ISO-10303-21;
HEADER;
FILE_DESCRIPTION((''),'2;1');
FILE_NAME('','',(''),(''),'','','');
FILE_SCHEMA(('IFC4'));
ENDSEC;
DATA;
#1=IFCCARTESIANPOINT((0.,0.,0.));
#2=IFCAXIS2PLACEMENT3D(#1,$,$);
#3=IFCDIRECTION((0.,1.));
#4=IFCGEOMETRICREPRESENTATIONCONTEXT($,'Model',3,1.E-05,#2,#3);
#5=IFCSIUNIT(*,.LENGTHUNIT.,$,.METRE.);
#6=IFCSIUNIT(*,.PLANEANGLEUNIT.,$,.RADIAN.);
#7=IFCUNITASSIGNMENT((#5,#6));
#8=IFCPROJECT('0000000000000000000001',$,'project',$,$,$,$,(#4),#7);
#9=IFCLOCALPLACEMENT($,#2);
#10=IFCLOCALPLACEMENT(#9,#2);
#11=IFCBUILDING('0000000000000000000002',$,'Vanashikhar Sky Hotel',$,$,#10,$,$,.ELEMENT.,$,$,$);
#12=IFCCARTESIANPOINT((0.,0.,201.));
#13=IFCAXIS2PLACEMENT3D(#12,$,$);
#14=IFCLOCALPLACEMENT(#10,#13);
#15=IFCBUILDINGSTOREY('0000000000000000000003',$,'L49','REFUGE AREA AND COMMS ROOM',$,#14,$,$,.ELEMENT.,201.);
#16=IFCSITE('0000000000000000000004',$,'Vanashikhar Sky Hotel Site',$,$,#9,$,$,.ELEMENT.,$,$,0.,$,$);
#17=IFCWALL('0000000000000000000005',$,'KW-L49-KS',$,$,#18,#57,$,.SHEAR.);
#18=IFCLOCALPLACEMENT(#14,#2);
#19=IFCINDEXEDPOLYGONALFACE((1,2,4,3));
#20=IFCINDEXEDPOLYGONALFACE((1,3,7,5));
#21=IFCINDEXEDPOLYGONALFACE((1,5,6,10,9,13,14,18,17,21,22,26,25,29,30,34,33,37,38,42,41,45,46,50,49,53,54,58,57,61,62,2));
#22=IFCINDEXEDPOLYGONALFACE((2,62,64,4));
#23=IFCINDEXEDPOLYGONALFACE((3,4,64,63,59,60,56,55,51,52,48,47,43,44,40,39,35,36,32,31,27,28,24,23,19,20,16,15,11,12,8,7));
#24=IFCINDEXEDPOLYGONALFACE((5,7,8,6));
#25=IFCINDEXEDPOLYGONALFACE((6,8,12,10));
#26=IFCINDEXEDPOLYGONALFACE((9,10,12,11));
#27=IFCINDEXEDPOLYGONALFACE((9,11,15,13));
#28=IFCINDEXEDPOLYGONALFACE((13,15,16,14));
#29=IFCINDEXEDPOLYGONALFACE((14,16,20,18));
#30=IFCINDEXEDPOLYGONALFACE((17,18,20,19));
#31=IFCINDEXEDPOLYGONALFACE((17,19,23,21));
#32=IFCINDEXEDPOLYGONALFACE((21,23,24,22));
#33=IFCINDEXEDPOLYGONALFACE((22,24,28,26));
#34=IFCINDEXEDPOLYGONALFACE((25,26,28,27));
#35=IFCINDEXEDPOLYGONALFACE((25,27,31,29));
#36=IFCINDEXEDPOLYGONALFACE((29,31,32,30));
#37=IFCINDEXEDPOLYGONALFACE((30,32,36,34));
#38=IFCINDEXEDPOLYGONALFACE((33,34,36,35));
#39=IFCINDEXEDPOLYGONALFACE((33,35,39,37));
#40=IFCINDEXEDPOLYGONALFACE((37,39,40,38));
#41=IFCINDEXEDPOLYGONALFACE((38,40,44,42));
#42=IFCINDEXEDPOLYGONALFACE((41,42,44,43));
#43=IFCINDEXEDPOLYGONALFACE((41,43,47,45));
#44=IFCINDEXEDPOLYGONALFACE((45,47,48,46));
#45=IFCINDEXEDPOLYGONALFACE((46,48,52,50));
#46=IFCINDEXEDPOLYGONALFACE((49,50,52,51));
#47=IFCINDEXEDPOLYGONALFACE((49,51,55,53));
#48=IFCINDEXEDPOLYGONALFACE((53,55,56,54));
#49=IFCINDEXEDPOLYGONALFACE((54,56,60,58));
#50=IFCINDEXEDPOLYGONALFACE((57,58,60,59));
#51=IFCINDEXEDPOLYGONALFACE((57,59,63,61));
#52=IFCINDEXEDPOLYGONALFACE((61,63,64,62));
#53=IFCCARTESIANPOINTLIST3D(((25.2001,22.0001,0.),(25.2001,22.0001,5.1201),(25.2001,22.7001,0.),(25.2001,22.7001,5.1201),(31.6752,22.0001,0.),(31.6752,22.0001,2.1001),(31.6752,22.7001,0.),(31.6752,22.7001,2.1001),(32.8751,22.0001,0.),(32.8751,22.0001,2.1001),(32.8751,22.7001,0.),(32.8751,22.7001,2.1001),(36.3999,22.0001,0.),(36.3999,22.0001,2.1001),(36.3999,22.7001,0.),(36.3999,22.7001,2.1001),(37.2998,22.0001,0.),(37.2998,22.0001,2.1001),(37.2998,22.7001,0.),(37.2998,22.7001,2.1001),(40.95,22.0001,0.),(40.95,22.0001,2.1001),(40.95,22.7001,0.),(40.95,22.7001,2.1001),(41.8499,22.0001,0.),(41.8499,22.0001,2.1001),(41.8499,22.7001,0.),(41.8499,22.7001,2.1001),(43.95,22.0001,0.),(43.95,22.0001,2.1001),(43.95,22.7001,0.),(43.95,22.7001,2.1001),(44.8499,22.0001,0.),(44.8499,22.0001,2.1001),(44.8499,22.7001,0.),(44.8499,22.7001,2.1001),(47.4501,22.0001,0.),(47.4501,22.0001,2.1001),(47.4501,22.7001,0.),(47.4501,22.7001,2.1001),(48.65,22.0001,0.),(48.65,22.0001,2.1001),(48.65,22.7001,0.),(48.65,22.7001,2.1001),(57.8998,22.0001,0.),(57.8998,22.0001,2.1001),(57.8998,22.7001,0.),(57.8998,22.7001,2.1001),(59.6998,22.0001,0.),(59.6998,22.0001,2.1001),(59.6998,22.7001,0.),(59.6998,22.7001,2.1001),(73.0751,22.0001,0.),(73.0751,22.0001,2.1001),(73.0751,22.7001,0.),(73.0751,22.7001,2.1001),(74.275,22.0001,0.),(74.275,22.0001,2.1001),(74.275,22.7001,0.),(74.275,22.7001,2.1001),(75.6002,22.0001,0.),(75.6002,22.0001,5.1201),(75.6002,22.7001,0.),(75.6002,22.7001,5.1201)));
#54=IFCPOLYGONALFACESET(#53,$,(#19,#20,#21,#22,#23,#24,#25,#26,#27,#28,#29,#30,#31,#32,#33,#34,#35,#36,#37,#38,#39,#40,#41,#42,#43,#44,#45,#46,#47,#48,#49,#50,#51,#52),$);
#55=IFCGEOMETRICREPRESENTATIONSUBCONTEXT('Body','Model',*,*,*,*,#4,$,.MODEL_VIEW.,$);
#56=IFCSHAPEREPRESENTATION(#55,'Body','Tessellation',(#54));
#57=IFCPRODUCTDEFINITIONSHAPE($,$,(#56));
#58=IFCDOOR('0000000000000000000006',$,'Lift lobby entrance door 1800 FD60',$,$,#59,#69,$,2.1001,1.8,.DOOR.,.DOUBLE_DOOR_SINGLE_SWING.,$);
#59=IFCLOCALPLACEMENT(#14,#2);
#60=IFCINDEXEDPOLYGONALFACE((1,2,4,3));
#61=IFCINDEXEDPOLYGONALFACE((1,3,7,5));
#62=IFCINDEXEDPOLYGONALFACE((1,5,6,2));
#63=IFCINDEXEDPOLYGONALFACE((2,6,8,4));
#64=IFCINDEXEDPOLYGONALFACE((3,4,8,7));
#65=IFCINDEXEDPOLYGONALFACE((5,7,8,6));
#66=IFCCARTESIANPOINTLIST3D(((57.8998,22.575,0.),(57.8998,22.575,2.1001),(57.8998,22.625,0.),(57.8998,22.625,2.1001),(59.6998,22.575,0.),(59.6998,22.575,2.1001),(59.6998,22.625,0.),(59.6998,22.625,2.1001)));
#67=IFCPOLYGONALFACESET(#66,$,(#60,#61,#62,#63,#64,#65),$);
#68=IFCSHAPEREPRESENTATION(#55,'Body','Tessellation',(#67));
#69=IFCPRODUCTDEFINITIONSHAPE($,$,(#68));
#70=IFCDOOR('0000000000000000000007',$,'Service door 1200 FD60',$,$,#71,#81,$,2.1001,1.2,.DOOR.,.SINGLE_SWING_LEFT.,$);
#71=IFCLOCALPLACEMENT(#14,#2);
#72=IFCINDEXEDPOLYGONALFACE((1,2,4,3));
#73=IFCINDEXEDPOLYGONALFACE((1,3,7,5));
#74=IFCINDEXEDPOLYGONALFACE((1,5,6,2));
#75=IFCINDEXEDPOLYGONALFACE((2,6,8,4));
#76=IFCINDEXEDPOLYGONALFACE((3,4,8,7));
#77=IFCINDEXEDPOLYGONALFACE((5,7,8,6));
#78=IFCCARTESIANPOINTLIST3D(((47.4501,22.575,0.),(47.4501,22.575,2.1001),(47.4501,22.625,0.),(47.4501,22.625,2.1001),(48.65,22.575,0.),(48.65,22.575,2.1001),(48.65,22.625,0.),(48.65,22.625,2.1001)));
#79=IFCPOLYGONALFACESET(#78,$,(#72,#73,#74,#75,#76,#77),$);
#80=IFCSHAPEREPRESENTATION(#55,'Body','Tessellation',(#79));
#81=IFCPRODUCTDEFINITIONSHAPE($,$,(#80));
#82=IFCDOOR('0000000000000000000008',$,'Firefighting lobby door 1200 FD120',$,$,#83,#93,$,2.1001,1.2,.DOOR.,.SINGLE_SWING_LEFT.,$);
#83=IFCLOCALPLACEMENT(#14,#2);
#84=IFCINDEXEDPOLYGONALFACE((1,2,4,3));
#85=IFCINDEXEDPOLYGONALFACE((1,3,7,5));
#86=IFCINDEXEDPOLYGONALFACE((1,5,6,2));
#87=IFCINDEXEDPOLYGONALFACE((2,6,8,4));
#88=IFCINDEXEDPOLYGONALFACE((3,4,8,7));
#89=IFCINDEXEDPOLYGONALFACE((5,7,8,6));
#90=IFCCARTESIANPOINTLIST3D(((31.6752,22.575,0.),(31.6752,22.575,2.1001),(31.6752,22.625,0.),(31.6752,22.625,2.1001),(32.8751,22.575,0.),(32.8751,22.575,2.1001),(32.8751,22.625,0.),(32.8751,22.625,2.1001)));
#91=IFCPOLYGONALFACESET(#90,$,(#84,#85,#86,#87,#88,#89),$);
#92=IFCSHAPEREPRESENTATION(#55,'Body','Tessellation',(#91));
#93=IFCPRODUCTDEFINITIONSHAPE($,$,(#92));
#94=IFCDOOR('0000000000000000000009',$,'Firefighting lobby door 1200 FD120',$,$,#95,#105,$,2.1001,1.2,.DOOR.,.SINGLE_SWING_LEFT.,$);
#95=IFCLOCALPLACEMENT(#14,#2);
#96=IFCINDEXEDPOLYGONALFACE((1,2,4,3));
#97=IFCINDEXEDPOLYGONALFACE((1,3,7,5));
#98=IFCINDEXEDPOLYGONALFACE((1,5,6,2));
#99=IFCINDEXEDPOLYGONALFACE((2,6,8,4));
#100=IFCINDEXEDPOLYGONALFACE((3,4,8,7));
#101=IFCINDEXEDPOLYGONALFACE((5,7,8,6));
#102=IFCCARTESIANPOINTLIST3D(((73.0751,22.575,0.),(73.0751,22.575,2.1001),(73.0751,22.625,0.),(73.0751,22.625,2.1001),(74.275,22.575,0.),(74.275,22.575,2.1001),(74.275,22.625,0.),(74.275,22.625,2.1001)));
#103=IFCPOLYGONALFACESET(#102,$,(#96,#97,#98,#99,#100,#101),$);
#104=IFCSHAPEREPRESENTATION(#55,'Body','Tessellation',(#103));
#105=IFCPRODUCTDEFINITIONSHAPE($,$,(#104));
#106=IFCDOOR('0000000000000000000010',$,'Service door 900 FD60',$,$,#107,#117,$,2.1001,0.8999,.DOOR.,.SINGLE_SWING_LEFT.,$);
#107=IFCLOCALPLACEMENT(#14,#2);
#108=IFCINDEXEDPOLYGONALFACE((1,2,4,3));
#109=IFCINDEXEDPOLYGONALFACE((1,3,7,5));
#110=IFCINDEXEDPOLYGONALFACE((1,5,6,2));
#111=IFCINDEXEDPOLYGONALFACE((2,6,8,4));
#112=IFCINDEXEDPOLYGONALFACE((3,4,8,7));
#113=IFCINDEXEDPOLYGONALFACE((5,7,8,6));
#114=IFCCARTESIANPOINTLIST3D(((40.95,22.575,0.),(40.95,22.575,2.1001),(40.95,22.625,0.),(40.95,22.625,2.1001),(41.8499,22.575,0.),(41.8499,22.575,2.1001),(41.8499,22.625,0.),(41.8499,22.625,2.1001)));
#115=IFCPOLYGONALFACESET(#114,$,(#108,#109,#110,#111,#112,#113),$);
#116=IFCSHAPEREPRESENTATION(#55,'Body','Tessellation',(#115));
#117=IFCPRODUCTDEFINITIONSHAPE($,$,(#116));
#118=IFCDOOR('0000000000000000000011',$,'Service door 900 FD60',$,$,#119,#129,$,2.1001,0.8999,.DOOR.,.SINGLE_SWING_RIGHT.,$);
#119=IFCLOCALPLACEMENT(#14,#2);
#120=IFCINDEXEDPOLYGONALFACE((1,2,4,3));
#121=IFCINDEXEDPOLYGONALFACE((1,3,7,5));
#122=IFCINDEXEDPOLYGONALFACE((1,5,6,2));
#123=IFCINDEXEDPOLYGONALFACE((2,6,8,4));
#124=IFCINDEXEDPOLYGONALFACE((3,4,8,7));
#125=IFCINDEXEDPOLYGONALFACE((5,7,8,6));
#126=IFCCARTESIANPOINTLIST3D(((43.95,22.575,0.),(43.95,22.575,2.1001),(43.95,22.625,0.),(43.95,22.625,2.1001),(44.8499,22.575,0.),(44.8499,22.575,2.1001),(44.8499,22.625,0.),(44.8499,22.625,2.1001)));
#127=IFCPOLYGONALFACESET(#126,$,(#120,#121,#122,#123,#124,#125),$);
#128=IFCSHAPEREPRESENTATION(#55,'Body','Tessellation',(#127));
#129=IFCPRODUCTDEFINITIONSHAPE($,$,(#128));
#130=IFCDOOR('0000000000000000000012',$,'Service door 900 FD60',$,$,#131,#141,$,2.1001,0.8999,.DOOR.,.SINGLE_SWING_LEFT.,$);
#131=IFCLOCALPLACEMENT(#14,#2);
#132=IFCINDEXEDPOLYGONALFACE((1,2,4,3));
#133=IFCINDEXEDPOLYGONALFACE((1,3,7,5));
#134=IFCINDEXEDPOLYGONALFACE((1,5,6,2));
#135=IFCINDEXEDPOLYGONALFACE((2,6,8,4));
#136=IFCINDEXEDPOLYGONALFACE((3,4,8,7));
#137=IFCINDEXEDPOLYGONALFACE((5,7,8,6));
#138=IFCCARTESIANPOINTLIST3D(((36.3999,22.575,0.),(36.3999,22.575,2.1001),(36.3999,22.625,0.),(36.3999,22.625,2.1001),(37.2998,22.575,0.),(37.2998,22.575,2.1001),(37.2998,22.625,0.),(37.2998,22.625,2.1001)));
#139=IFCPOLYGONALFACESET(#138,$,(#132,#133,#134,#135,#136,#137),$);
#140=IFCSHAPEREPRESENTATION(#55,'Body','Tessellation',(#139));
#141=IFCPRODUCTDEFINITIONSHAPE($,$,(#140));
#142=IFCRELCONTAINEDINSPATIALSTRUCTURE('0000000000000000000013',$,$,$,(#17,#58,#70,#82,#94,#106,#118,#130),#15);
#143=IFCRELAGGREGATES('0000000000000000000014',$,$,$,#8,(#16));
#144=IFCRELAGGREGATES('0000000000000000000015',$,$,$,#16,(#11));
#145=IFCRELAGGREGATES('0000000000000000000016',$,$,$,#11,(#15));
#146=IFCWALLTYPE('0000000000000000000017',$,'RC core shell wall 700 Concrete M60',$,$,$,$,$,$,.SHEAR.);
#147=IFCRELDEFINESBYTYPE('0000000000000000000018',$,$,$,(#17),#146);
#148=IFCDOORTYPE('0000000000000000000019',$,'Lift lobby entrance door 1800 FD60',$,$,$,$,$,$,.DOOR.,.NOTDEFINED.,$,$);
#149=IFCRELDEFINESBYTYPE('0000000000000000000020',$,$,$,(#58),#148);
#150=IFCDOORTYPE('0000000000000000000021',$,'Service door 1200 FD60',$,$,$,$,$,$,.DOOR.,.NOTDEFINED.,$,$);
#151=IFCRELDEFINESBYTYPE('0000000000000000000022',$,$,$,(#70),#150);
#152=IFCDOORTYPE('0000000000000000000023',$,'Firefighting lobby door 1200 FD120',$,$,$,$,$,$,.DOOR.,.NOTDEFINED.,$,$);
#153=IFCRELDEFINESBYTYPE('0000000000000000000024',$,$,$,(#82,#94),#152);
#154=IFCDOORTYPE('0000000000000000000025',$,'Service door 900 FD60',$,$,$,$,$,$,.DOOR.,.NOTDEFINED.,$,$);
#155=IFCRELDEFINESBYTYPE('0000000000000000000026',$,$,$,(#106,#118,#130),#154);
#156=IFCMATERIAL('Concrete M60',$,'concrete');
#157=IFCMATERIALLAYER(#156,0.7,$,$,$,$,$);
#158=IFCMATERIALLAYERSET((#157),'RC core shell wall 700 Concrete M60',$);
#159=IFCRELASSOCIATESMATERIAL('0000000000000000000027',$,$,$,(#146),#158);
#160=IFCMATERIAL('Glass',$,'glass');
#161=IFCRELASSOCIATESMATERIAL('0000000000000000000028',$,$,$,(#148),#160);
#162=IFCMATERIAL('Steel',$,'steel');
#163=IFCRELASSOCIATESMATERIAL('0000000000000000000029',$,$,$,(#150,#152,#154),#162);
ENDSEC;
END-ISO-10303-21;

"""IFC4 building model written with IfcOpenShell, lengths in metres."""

from ifc_helpers import new_model, si_unit, direction, frame, frame_2d, origin, place, context, subcontext, project, spatial, rectangle, extrude, source, transform, mapped, material, layer, layer_set, type_object, element, fill, save


model = new_model("IFC4")

# Units and contexts
model_context = context("Model", 3, precision=1e-05, world=origin(), true_north=direction((0.0, 1.0)))
body_context = subcontext(model_context, "Body", "Model", "MODEL_VIEW")
ifc_project = project(units=[si_unit("LENGTHUNIT", "METRE"), si_unit("PLANEANGLEUNIT", "RADIAN")], contexts=[model_context])

# Site, building, storey
site_placement = place(None, origin())
site = spatial("IfcSite", under=ifc_project, at=site_placement, Name="Vanashikhar Sky Hotel Site", CompositionType="ELEMENT", RefElevation=0.0)
building_placement = place(site_placement, origin())
building = spatial("IfcBuilding", under=site, at=building_placement, Name="Vanashikhar Sky Hotel", CompositionType="ELEMENT")
storey_placement = place(building_placement, frame((0.0, 0.0, 201.0)))
storey = spatial("IfcBuildingStorey", under=building, at=storey_placement, Name="L49", Description="REFUGE AREA AND COMMS ROOM", CompositionType="ELEMENT", Elevation=201.0)

# Wall, openings, doors
ifc_material_1 = material(Name="Concrete M60", Category="concrete")
ifc_layer_1 = layer(ifc_material_1, 0.7)
ifc_layer_set_1 = layer_set([ifc_layer_1], Name="RC core shell wall 700 Concrete M60")
wall_type_1 = type_object("IfcWallType", Name="RC core shell wall 700 Concrete M60", PredefinedType="SHEAR", material=ifc_layer_set_1)
shared_shape_1 = source(origin(), body_context, "Body", "SweptSolid", [
    extrude(rectangle(XDim=50.4001, YDim=0.7, at=frame_2d((25.2002, 0.0))), origin(), (0.0, 0.0, 1.0), 5.1201),
])
wall_1_placement = place(storey_placement, frame((25.2, 22.3501, 0.0), z_axis=(0.0, 0.0, 1.0), x_axis=(1.0, 0.0, 0.0)))
wall_1 = element("IfcWall", 1, at=wall_1_placement, inside=storey, type_object=wall_type_1, Name="KW-L49-KS", PredefinedType="SHEAR", context=body_context, shape_type="MappedRepresentation", body=[
    mapped(shared_shape_1, transform((0.0, 0.0, 0.0), scale=1.0)),
])
shared_shape_2 = source(origin(), body_context, "Body", "SweptSolid", [
    extrude(rectangle(XDim=1.2, YDim=2.1001, at=frame_2d((0.6001, 1.05))), frame((0.0, 0.3599, 0.0), z_axis=(0.0, -1.0, 0.0), x_axis=(1.0, 0.0, 0.0)), (0.0, 0.0, 1.0), 0.72),
])
opening_1_placement = place(wall_1_placement, frame((22.25, 0.0, 0.0)))
opening_1 = element("IfcOpeningElement", 2, at=opening_1_placement, cuts=wall_1, PredefinedType="OPENING", context=body_context, shape_type="MappedRepresentation", body=[
    mapped(shared_shape_2, transform((0.0, 0.0, 0.0), scale=1.0)),
])
shared_shape_3 = source(origin(), body_context, "Body", "SweptSolid", [
    extrude(rectangle(XDim=0.8999, YDim=2.1001, at=frame_2d((0.45, 1.05))), frame((0.0, 0.3599, 0.0), z_axis=(0.0, -1.0, 0.0), x_axis=(1.0, 0.0, 0.0)), (0.0, 0.0, 1.0), 0.72),
])
opening_2_placement = place(wall_1_placement, frame((15.75, 0.0, 0.0)))
opening_2 = element("IfcOpeningElement", 3, at=opening_2_placement, cuts=wall_1, PredefinedType="OPENING", context=body_context, shape_type="MappedRepresentation", body=[
    mapped(shared_shape_3, transform((0.0, 0.0, 0.0), scale=1.0)),
])
opening_3_placement = place(wall_1_placement, frame((18.75, 0.0, 0.0)))
opening_3 = element("IfcOpeningElement", 4, at=opening_3_placement, cuts=wall_1, PredefinedType="OPENING", context=body_context, shape_type="MappedRepresentation", body=[
    mapped(shared_shape_3, transform((0.0, 0.0, 0.0), scale=1.0)),
])
opening_4_placement = place(wall_1_placement, frame((11.2, 0.0, 0.0)))
opening_4 = element("IfcOpeningElement", 5, at=opening_4_placement, cuts=wall_1, PredefinedType="OPENING", context=body_context, shape_type="MappedRepresentation", body=[
    mapped(shared_shape_3, transform((0.0, 0.0, 0.0), scale=1.0)),
])
shared_shape_4 = source(origin(), body_context, "Body", "SweptSolid", [
    extrude(rectangle(XDim=1.8, YDim=2.1001, at=frame_2d((0.8999, 1.05))), frame((0.0, 0.3599, 0.0), z_axis=(0.0, -1.0, 0.0), x_axis=(1.0, 0.0, 0.0)), (0.0, 0.0, 1.0), 0.72),
])
opening_5_placement = place(wall_1_placement, frame((32.7, 0.0, 0.0)))
opening_5 = element("IfcOpeningElement", 6, at=opening_5_placement, cuts=wall_1, PredefinedType="OPENING", context=body_context, shape_type="MappedRepresentation", body=[
    mapped(shared_shape_4, transform((0.0, 0.0, 0.0), scale=1.0)),
])
opening_6_placement = place(wall_1_placement, frame((6.4751, 0.0, 0.0)))
opening_6 = element("IfcOpeningElement", 7, at=opening_6_placement, cuts=wall_1, PredefinedType="OPENING", context=body_context, shape_type="MappedRepresentation", body=[
    mapped(shared_shape_2, transform((0.0, 0.0, 0.0), scale=1.0)),
])
opening_7_placement = place(wall_1_placement, frame((47.875, 0.0, 0.0)))
opening_7 = element("IfcOpeningElement", 8, at=opening_7_placement, cuts=wall_1, PredefinedType="OPENING", context=body_context, shape_type="MappedRepresentation", body=[
    mapped(shared_shape_2, transform((0.0, 0.0, 0.0), scale=1.0)),
])
ifc_material_2 = material(Name="Glass", Category="glass")
door_type_1 = type_object("IfcDoorType", Name="Lift lobby entrance door 1800 FD60", OperationType="NOTDEFINED", PredefinedType="DOOR", material=ifc_material_2)
shared_shape_5 = source(origin(), body_context, "Body", "SweptSolid", [
    extrude(rectangle(XDim=1.8, YDim=2.1001, at=frame_2d((0.8999, 1.05))), frame((0.0, 0.2749, 0.0), z_axis=(0.0, -1.0, 0.0), x_axis=(1.0, 0.0, 0.0)), (0.0, 0.0, 1.0), 0.05),
])
door_1_placement = place(opening_5_placement, origin())
door_1 = element("IfcDoor", 9, at=door_1_placement, inside=storey, type_object=door_type_1, Name="Lift lobby entrance door 1800 FD60", OperationType="DOUBLE_DOOR_SINGLE_SWING", OverallHeight=2.1001, OverallWidth=1.8, PredefinedType="DOOR", context=body_context, shape_type="MappedRepresentation", body=[
    mapped(shared_shape_5, transform((0.0, 0.0, 0.0), scale=1.0)),
])
fill(opening_5, door_1)
ifc_material_3 = material(Name="Steel", Category="steel")
door_type_2 = type_object("IfcDoorType", Name="Service door 1200 FD60", OperationType="NOTDEFINED", PredefinedType="DOOR", material=ifc_material_3)
shared_shape_6 = source(origin(), body_context, "Body", "SweptSolid", [
    extrude(rectangle(XDim=1.2, YDim=2.1001, at=frame_2d((0.6001, 1.05))), frame((0.0, 0.2749, 0.0), z_axis=(0.0, -1.0, 0.0), x_axis=(1.0, 0.0, 0.0)), (0.0, 0.0, 1.0), 0.05),
])
door_2_placement = place(opening_1_placement, origin())
door_2 = element("IfcDoor", 10, at=door_2_placement, inside=storey, type_object=door_type_2, Name="Service door 1200 FD60", OperationType="SINGLE_SWING_LEFT", OverallHeight=2.1001, OverallWidth=1.2, PredefinedType="DOOR", context=body_context, shape_type="MappedRepresentation", body=[
    mapped(shared_shape_6, transform((0.0, 0.0, 0.0), scale=1.0)),
])
fill(opening_1, door_2)
door_type_3 = type_object("IfcDoorType", Name="Firefighting lobby door 1200 FD120", OperationType="NOTDEFINED", PredefinedType="DOOR", material=ifc_material_3)
door_3_placement = place(opening_6_placement, origin())
door_3 = element("IfcDoor", 11, at=door_3_placement, inside=storey, type_object=door_type_3, Name="Firefighting lobby door 1200 FD120", OperationType="SINGLE_SWING_LEFT", OverallHeight=2.1001, OverallWidth=1.2, PredefinedType="DOOR", context=body_context, shape_type="MappedRepresentation", body=[
    mapped(shared_shape_6, transform((0.0, 0.0, 0.0), scale=1.0)),
])
fill(opening_6, door_3)
door_4_placement = place(opening_7_placement, origin())
door_4 = element("IfcDoor", 12, at=door_4_placement, inside=storey, type_object=door_type_3, Name="Firefighting lobby door 1200 FD120", OperationType="SINGLE_SWING_LEFT", OverallHeight=2.1001, OverallWidth=1.2, PredefinedType="DOOR", context=body_context, shape_type="MappedRepresentation", body=[
    mapped(shared_shape_6, transform((0.0, 0.0, 0.0), scale=1.0)),
])
fill(opening_7, door_4)
door_type_4 = type_object("IfcDoorType", Name="Service door 900 FD60", OperationType="NOTDEFINED", PredefinedType="DOOR", material=ifc_material_3)
shared_shape_7 = source(origin(), body_context, "Body", "SweptSolid", [
    extrude(rectangle(XDim=0.8999, YDim=2.1001, at=frame_2d((0.45, 1.05))), frame((0.0, 0.2749, 0.0), z_axis=(0.0, -1.0, 0.0), x_axis=(1.0, 0.0, 0.0)), (0.0, 0.0, 1.0), 0.05),
])
door_5_placement = place(opening_2_placement, origin())
door_5 = element("IfcDoor", 13, at=door_5_placement, inside=storey, type_object=door_type_4, Name="Service door 900 FD60", OperationType="SINGLE_SWING_LEFT", OverallHeight=2.1001, OverallWidth=0.8999, PredefinedType="DOOR", context=body_context, shape_type="MappedRepresentation", body=[
    mapped(shared_shape_7, transform((0.0, 0.0, 0.0), scale=1.0)),
])
fill(opening_2, door_5)
door_6_placement = place(opening_3_placement, origin())
door_6 = element("IfcDoor", 14, at=door_6_placement, inside=storey, type_object=door_type_4, Name="Service door 900 FD60", OperationType="SINGLE_SWING_RIGHT", OverallHeight=2.1001, OverallWidth=0.8999, PredefinedType="DOOR", context=body_context, shape_type="MappedRepresentation", body=[
    mapped(shared_shape_7, transform((0.0, 0.0, 0.0), scale=1.0)),
])
fill(opening_3, door_6)
door_7_placement = place(opening_4_placement, origin())
door_7 = element("IfcDoor", 15, at=door_7_placement, inside=storey, type_object=door_type_4, Name="Service door 900 FD60", OperationType="SINGLE_SWING_LEFT", OverallHeight=2.1001, OverallWidth=0.8999, PredefinedType="DOOR", context=body_context, shape_type="MappedRepresentation", body=[
    mapped(shared_shape_7, transform((0.0, 0.0, 0.0), scale=1.0)),
])
fill(opening_4, door_7)

save(model, "model.ifc")
